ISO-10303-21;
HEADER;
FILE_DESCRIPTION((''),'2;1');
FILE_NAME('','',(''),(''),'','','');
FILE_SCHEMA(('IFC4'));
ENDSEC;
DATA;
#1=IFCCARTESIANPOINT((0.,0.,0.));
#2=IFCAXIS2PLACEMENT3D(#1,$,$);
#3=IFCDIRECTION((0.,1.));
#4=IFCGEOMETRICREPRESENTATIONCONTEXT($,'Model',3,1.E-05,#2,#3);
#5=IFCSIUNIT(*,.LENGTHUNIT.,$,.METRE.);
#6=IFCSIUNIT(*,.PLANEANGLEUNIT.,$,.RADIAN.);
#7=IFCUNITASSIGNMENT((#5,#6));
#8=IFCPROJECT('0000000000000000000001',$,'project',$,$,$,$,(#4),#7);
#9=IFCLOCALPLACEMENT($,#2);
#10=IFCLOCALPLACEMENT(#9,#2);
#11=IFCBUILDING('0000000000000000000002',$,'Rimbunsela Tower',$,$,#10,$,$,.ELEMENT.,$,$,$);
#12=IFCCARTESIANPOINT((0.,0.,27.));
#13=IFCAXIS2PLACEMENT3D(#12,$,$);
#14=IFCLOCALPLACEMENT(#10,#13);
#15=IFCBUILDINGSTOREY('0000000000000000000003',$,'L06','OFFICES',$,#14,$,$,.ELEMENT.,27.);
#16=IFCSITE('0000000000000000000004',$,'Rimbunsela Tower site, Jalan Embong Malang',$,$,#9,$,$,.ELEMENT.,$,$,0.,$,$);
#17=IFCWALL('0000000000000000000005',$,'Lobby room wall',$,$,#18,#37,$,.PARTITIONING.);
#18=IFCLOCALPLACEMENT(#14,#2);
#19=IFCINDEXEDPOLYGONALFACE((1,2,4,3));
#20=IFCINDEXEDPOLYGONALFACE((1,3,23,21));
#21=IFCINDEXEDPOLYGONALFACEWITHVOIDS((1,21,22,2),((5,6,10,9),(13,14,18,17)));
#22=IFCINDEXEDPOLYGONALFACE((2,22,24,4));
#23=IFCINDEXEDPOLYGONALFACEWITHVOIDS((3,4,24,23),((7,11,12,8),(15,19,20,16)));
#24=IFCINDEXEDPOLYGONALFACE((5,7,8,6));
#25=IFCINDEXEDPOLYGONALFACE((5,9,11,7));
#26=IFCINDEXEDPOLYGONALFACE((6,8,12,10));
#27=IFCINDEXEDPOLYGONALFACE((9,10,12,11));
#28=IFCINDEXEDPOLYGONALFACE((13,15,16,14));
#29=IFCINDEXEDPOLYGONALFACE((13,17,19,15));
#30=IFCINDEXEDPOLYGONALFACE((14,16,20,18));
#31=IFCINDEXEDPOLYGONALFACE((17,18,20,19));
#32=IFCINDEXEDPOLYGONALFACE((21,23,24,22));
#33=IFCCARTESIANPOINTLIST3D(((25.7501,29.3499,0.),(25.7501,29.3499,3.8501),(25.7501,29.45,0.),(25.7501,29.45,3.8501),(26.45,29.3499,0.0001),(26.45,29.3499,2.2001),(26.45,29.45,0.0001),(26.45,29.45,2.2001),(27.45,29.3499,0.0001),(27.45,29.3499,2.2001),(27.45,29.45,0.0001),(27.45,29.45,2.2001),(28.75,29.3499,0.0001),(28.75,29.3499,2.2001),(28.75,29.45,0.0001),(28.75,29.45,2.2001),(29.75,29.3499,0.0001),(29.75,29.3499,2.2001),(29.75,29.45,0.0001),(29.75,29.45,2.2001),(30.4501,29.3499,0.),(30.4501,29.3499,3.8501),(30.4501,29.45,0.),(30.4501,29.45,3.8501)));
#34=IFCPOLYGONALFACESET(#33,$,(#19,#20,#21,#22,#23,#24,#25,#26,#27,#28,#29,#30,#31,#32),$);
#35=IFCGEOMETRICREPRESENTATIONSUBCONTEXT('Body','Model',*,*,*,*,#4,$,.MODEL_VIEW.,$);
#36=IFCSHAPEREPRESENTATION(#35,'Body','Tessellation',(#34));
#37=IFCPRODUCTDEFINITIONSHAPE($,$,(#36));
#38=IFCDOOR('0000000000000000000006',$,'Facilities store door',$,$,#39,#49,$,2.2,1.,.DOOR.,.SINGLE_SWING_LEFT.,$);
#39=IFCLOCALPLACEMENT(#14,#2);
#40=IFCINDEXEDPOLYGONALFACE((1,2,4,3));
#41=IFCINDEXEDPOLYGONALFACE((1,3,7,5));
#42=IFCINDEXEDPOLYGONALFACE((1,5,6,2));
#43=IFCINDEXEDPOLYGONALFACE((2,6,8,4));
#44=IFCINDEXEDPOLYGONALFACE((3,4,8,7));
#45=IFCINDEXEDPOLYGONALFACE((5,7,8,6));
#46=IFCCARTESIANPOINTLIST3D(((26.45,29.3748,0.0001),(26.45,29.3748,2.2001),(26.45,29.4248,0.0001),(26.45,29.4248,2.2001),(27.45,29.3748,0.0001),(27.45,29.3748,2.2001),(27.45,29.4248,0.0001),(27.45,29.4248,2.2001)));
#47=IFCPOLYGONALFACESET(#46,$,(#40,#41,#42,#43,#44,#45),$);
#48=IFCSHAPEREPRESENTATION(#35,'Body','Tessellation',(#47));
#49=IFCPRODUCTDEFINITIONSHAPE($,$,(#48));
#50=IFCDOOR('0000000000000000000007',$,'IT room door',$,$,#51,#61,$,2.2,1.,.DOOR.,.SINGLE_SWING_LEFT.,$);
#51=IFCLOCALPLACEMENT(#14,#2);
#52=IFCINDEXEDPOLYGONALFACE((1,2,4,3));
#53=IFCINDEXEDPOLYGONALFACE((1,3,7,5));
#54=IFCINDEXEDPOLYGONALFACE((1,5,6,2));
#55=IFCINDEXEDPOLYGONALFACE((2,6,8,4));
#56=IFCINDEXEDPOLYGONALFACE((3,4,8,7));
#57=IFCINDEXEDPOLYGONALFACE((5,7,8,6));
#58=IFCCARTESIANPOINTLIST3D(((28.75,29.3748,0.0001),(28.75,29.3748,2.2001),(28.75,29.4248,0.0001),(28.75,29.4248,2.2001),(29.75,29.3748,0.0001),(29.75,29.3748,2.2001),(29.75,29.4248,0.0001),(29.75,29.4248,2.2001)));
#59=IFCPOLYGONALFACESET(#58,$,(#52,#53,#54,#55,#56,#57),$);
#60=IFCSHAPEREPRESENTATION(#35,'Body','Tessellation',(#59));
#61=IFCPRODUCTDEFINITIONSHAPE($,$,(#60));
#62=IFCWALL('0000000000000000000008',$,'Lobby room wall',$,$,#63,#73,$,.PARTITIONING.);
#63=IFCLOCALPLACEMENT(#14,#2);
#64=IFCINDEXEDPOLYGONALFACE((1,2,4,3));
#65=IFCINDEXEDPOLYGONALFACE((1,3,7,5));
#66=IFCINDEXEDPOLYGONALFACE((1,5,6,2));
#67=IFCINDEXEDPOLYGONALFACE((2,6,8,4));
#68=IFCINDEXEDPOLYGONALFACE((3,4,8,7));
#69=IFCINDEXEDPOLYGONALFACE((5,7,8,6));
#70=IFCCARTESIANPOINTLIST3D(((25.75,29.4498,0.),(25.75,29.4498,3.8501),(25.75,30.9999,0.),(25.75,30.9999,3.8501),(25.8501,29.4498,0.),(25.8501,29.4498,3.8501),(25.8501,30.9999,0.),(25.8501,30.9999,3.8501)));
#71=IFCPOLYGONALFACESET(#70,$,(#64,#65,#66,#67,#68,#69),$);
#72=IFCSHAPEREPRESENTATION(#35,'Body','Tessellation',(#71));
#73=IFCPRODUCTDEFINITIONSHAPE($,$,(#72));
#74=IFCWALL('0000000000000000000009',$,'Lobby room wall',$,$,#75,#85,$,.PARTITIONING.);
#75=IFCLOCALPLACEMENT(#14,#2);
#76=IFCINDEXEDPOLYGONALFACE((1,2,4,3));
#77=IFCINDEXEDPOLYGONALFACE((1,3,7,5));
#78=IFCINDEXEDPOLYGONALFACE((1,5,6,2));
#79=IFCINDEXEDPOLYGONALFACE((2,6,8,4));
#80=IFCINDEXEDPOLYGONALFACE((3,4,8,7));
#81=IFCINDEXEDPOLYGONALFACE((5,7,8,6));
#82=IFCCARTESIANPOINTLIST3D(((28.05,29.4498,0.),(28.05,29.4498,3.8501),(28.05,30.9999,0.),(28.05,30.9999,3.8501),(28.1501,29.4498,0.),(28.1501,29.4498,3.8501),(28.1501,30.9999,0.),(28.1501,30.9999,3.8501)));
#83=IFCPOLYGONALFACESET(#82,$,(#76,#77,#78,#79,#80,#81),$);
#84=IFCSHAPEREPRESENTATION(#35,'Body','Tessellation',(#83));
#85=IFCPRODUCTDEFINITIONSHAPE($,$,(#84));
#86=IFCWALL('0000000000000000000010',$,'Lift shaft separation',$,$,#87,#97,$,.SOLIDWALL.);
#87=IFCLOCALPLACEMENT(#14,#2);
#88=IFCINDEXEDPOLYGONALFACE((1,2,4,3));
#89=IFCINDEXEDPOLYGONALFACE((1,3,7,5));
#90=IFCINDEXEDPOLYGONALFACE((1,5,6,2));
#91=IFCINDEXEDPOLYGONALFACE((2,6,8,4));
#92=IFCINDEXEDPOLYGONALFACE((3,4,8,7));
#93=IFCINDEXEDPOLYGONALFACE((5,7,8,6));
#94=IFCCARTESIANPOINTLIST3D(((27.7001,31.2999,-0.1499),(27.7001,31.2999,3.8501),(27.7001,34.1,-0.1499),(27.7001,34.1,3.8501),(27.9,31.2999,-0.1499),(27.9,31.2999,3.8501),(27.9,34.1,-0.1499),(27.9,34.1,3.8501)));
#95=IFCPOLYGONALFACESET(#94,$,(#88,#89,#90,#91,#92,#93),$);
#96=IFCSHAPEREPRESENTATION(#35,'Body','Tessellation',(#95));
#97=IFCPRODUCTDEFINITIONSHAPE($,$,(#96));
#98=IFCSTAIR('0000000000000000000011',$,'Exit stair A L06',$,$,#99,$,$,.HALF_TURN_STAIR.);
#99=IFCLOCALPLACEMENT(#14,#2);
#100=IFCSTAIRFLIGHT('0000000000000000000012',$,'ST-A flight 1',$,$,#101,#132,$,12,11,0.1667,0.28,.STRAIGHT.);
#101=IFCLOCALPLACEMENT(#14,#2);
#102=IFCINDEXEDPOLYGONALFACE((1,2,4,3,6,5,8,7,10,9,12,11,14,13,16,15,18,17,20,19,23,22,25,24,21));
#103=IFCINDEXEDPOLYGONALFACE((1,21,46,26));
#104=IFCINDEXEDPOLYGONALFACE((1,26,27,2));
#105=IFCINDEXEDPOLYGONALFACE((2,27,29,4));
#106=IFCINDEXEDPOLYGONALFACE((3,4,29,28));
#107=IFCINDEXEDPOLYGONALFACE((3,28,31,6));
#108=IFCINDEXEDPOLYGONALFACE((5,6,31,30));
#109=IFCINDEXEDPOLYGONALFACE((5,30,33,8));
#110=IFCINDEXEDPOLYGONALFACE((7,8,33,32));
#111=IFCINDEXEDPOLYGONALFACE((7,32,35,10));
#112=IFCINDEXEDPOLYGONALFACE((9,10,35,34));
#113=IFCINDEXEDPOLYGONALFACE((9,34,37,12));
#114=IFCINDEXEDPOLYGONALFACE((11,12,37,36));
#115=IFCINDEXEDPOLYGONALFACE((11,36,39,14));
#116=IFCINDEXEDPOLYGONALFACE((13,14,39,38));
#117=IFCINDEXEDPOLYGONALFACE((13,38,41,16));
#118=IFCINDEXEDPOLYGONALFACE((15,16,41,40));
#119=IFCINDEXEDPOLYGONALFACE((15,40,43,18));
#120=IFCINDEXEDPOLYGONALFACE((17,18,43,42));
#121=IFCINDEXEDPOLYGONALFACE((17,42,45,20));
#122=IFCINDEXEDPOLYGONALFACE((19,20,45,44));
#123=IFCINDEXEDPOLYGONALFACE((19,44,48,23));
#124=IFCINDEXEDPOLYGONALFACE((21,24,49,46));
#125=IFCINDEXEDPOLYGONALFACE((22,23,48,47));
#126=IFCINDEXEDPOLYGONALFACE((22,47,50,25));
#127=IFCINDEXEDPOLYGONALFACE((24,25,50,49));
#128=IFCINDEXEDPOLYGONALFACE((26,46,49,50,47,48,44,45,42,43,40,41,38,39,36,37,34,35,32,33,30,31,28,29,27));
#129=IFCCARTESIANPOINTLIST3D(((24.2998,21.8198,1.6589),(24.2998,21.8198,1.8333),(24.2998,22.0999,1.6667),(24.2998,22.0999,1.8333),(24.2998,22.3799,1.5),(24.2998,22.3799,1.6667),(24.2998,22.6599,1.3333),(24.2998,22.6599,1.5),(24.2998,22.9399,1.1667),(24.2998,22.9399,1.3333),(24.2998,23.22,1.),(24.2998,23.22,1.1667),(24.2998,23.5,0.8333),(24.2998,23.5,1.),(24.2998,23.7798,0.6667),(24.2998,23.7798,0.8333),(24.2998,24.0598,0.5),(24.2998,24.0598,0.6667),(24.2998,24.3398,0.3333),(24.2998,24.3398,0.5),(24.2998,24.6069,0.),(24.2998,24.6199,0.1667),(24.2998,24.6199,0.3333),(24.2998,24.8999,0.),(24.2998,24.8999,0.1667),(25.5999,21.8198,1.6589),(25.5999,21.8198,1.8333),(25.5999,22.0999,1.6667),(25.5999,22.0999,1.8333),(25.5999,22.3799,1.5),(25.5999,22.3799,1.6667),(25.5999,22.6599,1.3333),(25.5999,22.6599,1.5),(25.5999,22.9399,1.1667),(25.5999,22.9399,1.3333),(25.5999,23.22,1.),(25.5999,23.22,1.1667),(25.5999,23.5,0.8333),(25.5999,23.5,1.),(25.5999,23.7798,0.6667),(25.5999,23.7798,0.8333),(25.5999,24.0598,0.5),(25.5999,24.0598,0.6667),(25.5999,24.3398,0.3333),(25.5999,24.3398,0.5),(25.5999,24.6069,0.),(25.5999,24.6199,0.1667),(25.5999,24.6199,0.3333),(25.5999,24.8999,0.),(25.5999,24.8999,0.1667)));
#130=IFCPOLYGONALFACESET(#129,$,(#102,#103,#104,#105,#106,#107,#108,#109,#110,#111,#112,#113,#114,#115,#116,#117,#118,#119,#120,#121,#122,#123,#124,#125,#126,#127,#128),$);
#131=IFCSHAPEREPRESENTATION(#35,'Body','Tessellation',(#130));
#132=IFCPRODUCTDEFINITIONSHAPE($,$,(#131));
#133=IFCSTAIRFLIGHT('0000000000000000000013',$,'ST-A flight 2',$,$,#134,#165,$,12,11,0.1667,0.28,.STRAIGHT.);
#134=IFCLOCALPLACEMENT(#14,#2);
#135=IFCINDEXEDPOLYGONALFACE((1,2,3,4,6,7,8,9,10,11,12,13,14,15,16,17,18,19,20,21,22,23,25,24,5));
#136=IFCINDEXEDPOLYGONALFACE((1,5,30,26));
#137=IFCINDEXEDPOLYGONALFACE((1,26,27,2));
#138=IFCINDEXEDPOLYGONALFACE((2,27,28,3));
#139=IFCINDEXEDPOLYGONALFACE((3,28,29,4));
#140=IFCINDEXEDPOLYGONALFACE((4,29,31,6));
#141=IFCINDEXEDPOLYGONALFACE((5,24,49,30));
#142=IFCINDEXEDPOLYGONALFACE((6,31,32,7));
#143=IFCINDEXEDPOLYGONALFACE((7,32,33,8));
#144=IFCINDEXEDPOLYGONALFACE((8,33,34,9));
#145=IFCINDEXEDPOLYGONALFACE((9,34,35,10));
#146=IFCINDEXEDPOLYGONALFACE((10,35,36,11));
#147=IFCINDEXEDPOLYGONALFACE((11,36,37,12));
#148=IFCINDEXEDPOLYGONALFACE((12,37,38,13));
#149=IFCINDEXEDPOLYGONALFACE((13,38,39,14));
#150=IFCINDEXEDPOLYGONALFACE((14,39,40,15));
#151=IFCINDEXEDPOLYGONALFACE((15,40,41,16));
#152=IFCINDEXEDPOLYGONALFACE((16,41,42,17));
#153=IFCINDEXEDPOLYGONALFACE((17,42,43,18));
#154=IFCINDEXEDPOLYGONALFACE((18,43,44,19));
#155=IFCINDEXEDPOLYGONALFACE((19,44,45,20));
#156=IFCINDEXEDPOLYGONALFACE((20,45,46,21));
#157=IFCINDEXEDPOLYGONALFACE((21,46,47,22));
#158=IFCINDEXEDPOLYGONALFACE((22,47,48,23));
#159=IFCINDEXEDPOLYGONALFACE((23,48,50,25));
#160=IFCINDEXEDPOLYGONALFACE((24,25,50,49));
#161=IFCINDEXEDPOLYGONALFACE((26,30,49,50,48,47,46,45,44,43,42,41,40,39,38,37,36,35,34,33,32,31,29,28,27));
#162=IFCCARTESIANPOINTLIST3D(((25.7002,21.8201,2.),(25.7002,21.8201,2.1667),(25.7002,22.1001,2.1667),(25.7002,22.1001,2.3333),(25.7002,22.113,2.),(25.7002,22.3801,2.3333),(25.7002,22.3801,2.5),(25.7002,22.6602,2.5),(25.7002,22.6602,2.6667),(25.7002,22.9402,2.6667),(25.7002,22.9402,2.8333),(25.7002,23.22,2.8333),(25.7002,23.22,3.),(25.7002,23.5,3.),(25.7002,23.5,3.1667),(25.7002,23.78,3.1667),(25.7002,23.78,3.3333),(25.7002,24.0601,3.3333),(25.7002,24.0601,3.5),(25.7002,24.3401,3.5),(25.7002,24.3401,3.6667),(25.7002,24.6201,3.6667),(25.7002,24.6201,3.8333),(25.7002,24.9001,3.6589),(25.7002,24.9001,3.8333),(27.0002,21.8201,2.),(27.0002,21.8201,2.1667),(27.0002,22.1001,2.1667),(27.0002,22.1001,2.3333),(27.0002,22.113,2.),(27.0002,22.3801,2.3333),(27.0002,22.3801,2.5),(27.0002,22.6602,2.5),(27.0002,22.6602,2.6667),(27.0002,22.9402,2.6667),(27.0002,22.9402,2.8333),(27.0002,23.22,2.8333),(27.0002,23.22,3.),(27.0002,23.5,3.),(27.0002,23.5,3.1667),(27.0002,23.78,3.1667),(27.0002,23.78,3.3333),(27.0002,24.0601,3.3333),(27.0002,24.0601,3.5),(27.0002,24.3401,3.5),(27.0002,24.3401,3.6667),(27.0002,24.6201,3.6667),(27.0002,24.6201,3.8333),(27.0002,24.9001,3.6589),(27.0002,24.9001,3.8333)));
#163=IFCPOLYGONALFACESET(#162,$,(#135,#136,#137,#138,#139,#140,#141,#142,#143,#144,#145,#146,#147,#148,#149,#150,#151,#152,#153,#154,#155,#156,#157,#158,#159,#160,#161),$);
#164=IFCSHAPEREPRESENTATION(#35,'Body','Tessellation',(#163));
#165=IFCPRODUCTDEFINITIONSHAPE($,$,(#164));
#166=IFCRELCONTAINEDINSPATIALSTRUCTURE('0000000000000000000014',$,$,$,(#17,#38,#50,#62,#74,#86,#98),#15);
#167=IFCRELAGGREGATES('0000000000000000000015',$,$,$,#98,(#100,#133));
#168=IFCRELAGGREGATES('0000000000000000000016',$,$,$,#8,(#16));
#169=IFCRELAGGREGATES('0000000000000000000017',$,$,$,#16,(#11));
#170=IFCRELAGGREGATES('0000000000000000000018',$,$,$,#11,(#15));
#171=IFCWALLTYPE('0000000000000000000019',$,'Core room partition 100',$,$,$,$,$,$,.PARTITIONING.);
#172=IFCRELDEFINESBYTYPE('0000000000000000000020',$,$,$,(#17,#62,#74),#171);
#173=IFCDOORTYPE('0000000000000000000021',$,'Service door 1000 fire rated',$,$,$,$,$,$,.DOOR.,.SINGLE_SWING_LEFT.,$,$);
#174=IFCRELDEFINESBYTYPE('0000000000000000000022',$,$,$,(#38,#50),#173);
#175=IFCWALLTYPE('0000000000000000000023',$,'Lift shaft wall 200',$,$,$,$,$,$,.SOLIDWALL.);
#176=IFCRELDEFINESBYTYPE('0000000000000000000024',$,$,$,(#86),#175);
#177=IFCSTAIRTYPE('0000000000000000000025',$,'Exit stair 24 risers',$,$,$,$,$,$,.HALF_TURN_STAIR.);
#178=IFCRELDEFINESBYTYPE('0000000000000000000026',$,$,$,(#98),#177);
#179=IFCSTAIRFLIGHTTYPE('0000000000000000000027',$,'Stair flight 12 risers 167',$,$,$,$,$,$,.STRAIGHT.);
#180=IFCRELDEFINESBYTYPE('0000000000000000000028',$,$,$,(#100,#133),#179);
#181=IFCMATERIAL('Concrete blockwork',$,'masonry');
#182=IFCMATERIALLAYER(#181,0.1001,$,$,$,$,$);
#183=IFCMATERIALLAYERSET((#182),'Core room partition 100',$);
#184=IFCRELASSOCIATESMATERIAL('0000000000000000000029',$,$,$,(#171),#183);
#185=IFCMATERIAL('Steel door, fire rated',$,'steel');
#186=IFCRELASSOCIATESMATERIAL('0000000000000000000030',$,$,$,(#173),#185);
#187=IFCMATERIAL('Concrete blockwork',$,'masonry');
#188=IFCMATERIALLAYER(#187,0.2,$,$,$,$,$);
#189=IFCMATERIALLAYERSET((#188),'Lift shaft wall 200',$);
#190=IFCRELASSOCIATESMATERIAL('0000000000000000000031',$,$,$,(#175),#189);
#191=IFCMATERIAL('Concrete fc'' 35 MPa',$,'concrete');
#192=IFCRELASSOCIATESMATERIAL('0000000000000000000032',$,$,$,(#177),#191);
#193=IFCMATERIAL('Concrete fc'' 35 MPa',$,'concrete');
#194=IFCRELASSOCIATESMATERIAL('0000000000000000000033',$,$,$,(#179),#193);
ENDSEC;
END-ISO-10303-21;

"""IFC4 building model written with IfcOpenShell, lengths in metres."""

from ifc_helpers import new_model, si_unit, direction, frame, frame_2d, origin, place, context, subcontext, project, spatial, polyline, rectangle, outline, extrude, material, layer, layer_set, type_object, element, fill, aggregate, save


model = new_model("IFC4")

# Units and contexts
model_context = context("Model", 3, precision=1e-05, world=origin(), true_north=direction((0.0, 1.0)))
body_context = subcontext(model_context, "Body", "Model", "MODEL_VIEW")
ifc_project = project(units=[si_unit("LENGTHUNIT", "METRE"), si_unit("PLANEANGLEUNIT", "RADIAN")], contexts=[model_context])

# Site, building, storey
site_placement = place(None, origin())
site = spatial("IfcSite", under=ifc_project, at=site_placement, Name="Rimbunsela Tower site, Jalan Embong Malang", CompositionType="ELEMENT", RefElevation=0.0)
building_placement = place(site_placement, origin())
building = spatial("IfcBuilding", under=site, at=building_placement, Name="Rimbunsela Tower", CompositionType="ELEMENT")
storey_placement = place(building_placement, frame((0.0, 0.0, 27.0)))
storey = spatial("IfcBuildingStorey", under=building, at=storey_placement, Name="L06", Description="OFFICES", CompositionType="ELEMENT", Elevation=27.0)

# Wall, openings, doors
ifc_material_1 = material(Name="Concrete blockwork", Category="masonry")
ifc_layer_1 = layer(ifc_material_1, 0.1001)
ifc_layer_set_1 = layer_set([ifc_layer_1], Name="Core room partition 100")
wall_type_1 = type_object("IfcWallType", Name="Core room partition 100", PredefinedType="PARTITIONING", material=ifc_layer_set_1)
wall_1_placement = place(storey_placement, frame((25.75, 29.3999, 0.0), z_axis=(0.0, 0.0, 1.0), x_axis=(1.0, 0.0, 0.0)))
wall_1 = element("IfcWall", 1, at=wall_1_placement, inside=storey, type_object=wall_type_1, Name="Lobby room wall", PredefinedType="PARTITIONING", context=body_context, shape_type="SweptSolid", body=[
    extrude(rectangle(XDim=4.7, YDim=0.1001, at=frame_2d((2.3501, 0.0))), origin(), (0.0, 0.0, 1.0), 3.8501),
])
opening_1_placement = place(wall_1_placement, frame((0.7, 0.0, 0.0)))
opening_1 = element("IfcOpeningElement", 2, at=opening_1_placement, cuts=wall_1, PredefinedType="OPENING", context=body_context, shape_type="SweptSolid", body=[
    extrude(rectangle(XDim=1.0, YDim=2.2, at=frame_2d((0.5, 1.1001))), frame((0.0, 0.0601, 0.0), z_axis=(0.0, -1.0, 0.0), x_axis=(1.0, 0.0, 0.0)), (0.0, 0.0, 1.0), 0.1201),
])
opening_2_placement = place(wall_1_placement, frame((3.0, 0.0, 0.0)))
opening_2 = element("IfcOpeningElement", 3, at=opening_2_placement, cuts=wall_1, PredefinedType="OPENING", context=body_context, shape_type="SweptSolid", body=[
    extrude(rectangle(XDim=1.0, YDim=2.2, at=frame_2d((0.5, 1.1001))), frame((0.0, 0.0601, 0.0), z_axis=(0.0, -1.0, 0.0), x_axis=(1.0, 0.0, 0.0)), (0.0, 0.0, 1.0), 0.1201),
])
ifc_material_2 = material(Name="Steel door, fire rated", Category="steel")
door_type_1 = type_object("IfcDoorType", Name="Service door 1000 fire rated", OperationType="SINGLE_SWING_LEFT", PredefinedType="DOOR", material=ifc_material_2)
door_1_placement = place(opening_1_placement, origin())
door_1 = element("IfcDoor", 4, at=door_1_placement, inside=storey, type_object=door_type_1, Name="Facilities store door", OperationType="SINGLE_SWING_LEFT", OverallHeight=2.2, OverallWidth=1.0, PredefinedType="DOOR", context=body_context, shape_type="SweptSolid", body=[
    extrude(rectangle(XDim=1.0, YDim=2.2, at=frame_2d((0.5, 1.1001))), frame((0.0, 0.0249, 0.0), z_axis=(0.0, -1.0, 0.0), x_axis=(1.0, 0.0, 0.0)), (0.0, 0.0, 1.0), 0.05),
])
fill(opening_1, door_1)
door_2_placement = place(opening_2_placement, origin())
door_2 = element("IfcDoor", 5, at=door_2_placement, inside=storey, type_object=door_type_1, Name="IT room door", OperationType="SINGLE_SWING_LEFT", OverallHeight=2.2, OverallWidth=1.0, PredefinedType="DOOR", context=body_context, shape_type="SweptSolid", body=[
    extrude(rectangle(XDim=1.0, YDim=2.2, at=frame_2d((0.5, 1.1001))), frame((0.0, 0.0249, 0.0), z_axis=(0.0, -1.0, 0.0), x_axis=(1.0, 0.0, 0.0)), (0.0, 0.0, 1.0), 0.05),
])
fill(opening_2, door_2)

# Walls
for number, where, z_axis, x_axis, name in (
    (6, (25.8, 29.45, 0.0), (0.0, 0.0, 1.0), (0.0, 1.0, 0.0), "Lobby room wall"),
    (7, (28.1001, 29.45, 0.0), (0.0, 0.0, 1.0), (0.0, 1.0, 0.0), "Lobby room wall"),
):
    element("IfcWall", number, at=place(storey_placement, frame(where, z_axis=z_axis, x_axis=x_axis)), inside=storey, type_object=wall_type_1, Name=name, PredefinedType="PARTITIONING", context=body_context, shape_type="SweptSolid", body=[
        extrude(rectangle(XDim=1.55, YDim=0.1001, at=frame_2d((0.7749, 0.0))), origin(), (0.0, 0.0, 1.0), 3.8501),
    ])
ifc_material_3 = material(Name="Concrete blockwork", Category="masonry")
ifc_layer_2 = layer(ifc_material_3, 0.2)
ifc_layer_set_2 = layer_set([ifc_layer_2], Name="Lift shaft wall 200")
wall_type_2 = type_object("IfcWallType", Name="Lift shaft wall 200", PredefinedType="SOLIDWALL", material=ifc_layer_set_2)
wall_2_placement = place(storey_placement, frame((27.8, 31.3, -0.1499), z_axis=(0.0, 0.0, 1.0), x_axis=(0.0, 1.0, 0.0)))
element("IfcWall", 8, at=wall_2_placement, inside=storey, type_object=wall_type_2, Name="Lift shaft separation", PredefinedType="SOLIDWALL", context=body_context, shape_type="SweptSolid", body=[
    extrude(rectangle(XDim=2.8, YDim=0.2, at=frame_2d((1.3999, 0.0))), origin(), (0.0, 0.0, 1.0), 4.0),
])

# Stair, stair flights
ifc_material_4 = material(Name="Concrete fc' 35 MPa", Category="concrete")
stair_type = type_object("IfcStairType", Name="Exit stair 24 risers", PredefinedType="HALF_TURN_STAIR", material=ifc_material_4)
stair_placement = place(storey_placement, origin())
stair = element("IfcStair", 9, at=stair_placement, inside=storey, type_object=stair_type, Name="Exit stair A L06", PredefinedType="HALF_TURN_STAIR")
ifc_material_5 = material(Name="Concrete fc' 35 MPa", Category="concrete")
stair_flight_type = type_object("IfcStairFlightType", Name="Stair flight 12 risers 167", PredefinedType="STRAIGHT", material=ifc_material_5)
stair_flight_1_placement = place(storey_placement, frame((24.95, 24.8999, 0.0), z_axis=(0.0, 0.0, 1.0), x_axis=(0.0, -1.0, 0.0)))
stair_flight_1 = element("IfcStairFlight", 10, at=stair_flight_1_placement, type_object=stair_flight_type, Name="ST-A flight 1", NumberOfRisers=12, NumberOfTreads=11, PredefinedType="STRAIGHT", RiserHeight=0.1667, TreadLength=0.28, context=body_context, shape_type="SweptSolid", body=[
    extrude(outline(polyline([(0.0, 0.0), (0.0, 0.1667), (0.28, 0.1667), (0.28, 0.3333), (0.5601, 0.3333), (0.5601, 0.5), (0.8401, 0.5), (0.8401, 0.6667), (1.1201, 0.6667), (1.1201, 0.8333), (1.3999, 0.8333), (1.3999, 1.0), (1.6799, 1.0), (1.6799, 1.1667), (1.96, 1.1667), (1.96, 1.3333), (2.24, 1.3333), (2.24, 1.5), (2.52, 1.5), (2.52, 1.6667), (2.8, 1.6667), (2.8, 1.8333), (3.0801, 1.8333), (3.0801, 2.0), (3.0801, 1.6589), (0.293, 0.0), (0.0, 0.0)])), frame((0.0, 0.6499, 0.0), z_axis=(0.0, -1.0, 0.0), x_axis=(1.0, 0.0, 0.0)), (0.0, 0.0, 1.0), 1.3),
])
stair_flight_2_placement = place(storey_placement, frame((26.3501, 21.8201, 2.0), z_axis=(0.0, 0.0, 1.0), x_axis=(0.0, 1.0, 0.0)))
stair_flight_2 = element("IfcStairFlight", 11, at=stair_flight_2_placement, type_object=stair_flight_type, Name="ST-A flight 2", NumberOfRisers=12, NumberOfTreads=11, PredefinedType="STRAIGHT", RiserHeight=0.1667, TreadLength=0.28, context=body_context, shape_type="SweptSolid", body=[
    extrude(outline(polyline([(0.0, 0.0), (0.0, 0.1667), (0.28, 0.1667), (0.28, 0.3333), (0.5601, 0.3333), (0.5601, 0.5), (0.8401, 0.5), (0.8401, 0.6667), (1.1201, 0.6667), (1.1201, 0.8333), (1.3999, 0.8333), (1.3999, 1.0), (1.6799, 1.0), (1.6799, 1.1667), (1.96, 1.1667), (1.96, 1.3333), (2.24, 1.3333), (2.24, 1.5), (2.52, 1.5), (2.52, 1.6667), (2.8, 1.6667), (2.8, 1.8333), (3.0801, 1.8333), (3.0801, 2.0), (3.0801, 1.6589), (0.293, 0.0), (0.0, 0.0)])), frame((0.0, 0.6499, 0.0), z_axis=(0.0, -1.0, 0.0), x_axis=(1.0, 0.0, 0.0)), (0.0, 0.0, 1.0), 1.3),
])
aggregate(stair, [stair_flight_1, stair_flight_2])

save(model, "model.ifc")
